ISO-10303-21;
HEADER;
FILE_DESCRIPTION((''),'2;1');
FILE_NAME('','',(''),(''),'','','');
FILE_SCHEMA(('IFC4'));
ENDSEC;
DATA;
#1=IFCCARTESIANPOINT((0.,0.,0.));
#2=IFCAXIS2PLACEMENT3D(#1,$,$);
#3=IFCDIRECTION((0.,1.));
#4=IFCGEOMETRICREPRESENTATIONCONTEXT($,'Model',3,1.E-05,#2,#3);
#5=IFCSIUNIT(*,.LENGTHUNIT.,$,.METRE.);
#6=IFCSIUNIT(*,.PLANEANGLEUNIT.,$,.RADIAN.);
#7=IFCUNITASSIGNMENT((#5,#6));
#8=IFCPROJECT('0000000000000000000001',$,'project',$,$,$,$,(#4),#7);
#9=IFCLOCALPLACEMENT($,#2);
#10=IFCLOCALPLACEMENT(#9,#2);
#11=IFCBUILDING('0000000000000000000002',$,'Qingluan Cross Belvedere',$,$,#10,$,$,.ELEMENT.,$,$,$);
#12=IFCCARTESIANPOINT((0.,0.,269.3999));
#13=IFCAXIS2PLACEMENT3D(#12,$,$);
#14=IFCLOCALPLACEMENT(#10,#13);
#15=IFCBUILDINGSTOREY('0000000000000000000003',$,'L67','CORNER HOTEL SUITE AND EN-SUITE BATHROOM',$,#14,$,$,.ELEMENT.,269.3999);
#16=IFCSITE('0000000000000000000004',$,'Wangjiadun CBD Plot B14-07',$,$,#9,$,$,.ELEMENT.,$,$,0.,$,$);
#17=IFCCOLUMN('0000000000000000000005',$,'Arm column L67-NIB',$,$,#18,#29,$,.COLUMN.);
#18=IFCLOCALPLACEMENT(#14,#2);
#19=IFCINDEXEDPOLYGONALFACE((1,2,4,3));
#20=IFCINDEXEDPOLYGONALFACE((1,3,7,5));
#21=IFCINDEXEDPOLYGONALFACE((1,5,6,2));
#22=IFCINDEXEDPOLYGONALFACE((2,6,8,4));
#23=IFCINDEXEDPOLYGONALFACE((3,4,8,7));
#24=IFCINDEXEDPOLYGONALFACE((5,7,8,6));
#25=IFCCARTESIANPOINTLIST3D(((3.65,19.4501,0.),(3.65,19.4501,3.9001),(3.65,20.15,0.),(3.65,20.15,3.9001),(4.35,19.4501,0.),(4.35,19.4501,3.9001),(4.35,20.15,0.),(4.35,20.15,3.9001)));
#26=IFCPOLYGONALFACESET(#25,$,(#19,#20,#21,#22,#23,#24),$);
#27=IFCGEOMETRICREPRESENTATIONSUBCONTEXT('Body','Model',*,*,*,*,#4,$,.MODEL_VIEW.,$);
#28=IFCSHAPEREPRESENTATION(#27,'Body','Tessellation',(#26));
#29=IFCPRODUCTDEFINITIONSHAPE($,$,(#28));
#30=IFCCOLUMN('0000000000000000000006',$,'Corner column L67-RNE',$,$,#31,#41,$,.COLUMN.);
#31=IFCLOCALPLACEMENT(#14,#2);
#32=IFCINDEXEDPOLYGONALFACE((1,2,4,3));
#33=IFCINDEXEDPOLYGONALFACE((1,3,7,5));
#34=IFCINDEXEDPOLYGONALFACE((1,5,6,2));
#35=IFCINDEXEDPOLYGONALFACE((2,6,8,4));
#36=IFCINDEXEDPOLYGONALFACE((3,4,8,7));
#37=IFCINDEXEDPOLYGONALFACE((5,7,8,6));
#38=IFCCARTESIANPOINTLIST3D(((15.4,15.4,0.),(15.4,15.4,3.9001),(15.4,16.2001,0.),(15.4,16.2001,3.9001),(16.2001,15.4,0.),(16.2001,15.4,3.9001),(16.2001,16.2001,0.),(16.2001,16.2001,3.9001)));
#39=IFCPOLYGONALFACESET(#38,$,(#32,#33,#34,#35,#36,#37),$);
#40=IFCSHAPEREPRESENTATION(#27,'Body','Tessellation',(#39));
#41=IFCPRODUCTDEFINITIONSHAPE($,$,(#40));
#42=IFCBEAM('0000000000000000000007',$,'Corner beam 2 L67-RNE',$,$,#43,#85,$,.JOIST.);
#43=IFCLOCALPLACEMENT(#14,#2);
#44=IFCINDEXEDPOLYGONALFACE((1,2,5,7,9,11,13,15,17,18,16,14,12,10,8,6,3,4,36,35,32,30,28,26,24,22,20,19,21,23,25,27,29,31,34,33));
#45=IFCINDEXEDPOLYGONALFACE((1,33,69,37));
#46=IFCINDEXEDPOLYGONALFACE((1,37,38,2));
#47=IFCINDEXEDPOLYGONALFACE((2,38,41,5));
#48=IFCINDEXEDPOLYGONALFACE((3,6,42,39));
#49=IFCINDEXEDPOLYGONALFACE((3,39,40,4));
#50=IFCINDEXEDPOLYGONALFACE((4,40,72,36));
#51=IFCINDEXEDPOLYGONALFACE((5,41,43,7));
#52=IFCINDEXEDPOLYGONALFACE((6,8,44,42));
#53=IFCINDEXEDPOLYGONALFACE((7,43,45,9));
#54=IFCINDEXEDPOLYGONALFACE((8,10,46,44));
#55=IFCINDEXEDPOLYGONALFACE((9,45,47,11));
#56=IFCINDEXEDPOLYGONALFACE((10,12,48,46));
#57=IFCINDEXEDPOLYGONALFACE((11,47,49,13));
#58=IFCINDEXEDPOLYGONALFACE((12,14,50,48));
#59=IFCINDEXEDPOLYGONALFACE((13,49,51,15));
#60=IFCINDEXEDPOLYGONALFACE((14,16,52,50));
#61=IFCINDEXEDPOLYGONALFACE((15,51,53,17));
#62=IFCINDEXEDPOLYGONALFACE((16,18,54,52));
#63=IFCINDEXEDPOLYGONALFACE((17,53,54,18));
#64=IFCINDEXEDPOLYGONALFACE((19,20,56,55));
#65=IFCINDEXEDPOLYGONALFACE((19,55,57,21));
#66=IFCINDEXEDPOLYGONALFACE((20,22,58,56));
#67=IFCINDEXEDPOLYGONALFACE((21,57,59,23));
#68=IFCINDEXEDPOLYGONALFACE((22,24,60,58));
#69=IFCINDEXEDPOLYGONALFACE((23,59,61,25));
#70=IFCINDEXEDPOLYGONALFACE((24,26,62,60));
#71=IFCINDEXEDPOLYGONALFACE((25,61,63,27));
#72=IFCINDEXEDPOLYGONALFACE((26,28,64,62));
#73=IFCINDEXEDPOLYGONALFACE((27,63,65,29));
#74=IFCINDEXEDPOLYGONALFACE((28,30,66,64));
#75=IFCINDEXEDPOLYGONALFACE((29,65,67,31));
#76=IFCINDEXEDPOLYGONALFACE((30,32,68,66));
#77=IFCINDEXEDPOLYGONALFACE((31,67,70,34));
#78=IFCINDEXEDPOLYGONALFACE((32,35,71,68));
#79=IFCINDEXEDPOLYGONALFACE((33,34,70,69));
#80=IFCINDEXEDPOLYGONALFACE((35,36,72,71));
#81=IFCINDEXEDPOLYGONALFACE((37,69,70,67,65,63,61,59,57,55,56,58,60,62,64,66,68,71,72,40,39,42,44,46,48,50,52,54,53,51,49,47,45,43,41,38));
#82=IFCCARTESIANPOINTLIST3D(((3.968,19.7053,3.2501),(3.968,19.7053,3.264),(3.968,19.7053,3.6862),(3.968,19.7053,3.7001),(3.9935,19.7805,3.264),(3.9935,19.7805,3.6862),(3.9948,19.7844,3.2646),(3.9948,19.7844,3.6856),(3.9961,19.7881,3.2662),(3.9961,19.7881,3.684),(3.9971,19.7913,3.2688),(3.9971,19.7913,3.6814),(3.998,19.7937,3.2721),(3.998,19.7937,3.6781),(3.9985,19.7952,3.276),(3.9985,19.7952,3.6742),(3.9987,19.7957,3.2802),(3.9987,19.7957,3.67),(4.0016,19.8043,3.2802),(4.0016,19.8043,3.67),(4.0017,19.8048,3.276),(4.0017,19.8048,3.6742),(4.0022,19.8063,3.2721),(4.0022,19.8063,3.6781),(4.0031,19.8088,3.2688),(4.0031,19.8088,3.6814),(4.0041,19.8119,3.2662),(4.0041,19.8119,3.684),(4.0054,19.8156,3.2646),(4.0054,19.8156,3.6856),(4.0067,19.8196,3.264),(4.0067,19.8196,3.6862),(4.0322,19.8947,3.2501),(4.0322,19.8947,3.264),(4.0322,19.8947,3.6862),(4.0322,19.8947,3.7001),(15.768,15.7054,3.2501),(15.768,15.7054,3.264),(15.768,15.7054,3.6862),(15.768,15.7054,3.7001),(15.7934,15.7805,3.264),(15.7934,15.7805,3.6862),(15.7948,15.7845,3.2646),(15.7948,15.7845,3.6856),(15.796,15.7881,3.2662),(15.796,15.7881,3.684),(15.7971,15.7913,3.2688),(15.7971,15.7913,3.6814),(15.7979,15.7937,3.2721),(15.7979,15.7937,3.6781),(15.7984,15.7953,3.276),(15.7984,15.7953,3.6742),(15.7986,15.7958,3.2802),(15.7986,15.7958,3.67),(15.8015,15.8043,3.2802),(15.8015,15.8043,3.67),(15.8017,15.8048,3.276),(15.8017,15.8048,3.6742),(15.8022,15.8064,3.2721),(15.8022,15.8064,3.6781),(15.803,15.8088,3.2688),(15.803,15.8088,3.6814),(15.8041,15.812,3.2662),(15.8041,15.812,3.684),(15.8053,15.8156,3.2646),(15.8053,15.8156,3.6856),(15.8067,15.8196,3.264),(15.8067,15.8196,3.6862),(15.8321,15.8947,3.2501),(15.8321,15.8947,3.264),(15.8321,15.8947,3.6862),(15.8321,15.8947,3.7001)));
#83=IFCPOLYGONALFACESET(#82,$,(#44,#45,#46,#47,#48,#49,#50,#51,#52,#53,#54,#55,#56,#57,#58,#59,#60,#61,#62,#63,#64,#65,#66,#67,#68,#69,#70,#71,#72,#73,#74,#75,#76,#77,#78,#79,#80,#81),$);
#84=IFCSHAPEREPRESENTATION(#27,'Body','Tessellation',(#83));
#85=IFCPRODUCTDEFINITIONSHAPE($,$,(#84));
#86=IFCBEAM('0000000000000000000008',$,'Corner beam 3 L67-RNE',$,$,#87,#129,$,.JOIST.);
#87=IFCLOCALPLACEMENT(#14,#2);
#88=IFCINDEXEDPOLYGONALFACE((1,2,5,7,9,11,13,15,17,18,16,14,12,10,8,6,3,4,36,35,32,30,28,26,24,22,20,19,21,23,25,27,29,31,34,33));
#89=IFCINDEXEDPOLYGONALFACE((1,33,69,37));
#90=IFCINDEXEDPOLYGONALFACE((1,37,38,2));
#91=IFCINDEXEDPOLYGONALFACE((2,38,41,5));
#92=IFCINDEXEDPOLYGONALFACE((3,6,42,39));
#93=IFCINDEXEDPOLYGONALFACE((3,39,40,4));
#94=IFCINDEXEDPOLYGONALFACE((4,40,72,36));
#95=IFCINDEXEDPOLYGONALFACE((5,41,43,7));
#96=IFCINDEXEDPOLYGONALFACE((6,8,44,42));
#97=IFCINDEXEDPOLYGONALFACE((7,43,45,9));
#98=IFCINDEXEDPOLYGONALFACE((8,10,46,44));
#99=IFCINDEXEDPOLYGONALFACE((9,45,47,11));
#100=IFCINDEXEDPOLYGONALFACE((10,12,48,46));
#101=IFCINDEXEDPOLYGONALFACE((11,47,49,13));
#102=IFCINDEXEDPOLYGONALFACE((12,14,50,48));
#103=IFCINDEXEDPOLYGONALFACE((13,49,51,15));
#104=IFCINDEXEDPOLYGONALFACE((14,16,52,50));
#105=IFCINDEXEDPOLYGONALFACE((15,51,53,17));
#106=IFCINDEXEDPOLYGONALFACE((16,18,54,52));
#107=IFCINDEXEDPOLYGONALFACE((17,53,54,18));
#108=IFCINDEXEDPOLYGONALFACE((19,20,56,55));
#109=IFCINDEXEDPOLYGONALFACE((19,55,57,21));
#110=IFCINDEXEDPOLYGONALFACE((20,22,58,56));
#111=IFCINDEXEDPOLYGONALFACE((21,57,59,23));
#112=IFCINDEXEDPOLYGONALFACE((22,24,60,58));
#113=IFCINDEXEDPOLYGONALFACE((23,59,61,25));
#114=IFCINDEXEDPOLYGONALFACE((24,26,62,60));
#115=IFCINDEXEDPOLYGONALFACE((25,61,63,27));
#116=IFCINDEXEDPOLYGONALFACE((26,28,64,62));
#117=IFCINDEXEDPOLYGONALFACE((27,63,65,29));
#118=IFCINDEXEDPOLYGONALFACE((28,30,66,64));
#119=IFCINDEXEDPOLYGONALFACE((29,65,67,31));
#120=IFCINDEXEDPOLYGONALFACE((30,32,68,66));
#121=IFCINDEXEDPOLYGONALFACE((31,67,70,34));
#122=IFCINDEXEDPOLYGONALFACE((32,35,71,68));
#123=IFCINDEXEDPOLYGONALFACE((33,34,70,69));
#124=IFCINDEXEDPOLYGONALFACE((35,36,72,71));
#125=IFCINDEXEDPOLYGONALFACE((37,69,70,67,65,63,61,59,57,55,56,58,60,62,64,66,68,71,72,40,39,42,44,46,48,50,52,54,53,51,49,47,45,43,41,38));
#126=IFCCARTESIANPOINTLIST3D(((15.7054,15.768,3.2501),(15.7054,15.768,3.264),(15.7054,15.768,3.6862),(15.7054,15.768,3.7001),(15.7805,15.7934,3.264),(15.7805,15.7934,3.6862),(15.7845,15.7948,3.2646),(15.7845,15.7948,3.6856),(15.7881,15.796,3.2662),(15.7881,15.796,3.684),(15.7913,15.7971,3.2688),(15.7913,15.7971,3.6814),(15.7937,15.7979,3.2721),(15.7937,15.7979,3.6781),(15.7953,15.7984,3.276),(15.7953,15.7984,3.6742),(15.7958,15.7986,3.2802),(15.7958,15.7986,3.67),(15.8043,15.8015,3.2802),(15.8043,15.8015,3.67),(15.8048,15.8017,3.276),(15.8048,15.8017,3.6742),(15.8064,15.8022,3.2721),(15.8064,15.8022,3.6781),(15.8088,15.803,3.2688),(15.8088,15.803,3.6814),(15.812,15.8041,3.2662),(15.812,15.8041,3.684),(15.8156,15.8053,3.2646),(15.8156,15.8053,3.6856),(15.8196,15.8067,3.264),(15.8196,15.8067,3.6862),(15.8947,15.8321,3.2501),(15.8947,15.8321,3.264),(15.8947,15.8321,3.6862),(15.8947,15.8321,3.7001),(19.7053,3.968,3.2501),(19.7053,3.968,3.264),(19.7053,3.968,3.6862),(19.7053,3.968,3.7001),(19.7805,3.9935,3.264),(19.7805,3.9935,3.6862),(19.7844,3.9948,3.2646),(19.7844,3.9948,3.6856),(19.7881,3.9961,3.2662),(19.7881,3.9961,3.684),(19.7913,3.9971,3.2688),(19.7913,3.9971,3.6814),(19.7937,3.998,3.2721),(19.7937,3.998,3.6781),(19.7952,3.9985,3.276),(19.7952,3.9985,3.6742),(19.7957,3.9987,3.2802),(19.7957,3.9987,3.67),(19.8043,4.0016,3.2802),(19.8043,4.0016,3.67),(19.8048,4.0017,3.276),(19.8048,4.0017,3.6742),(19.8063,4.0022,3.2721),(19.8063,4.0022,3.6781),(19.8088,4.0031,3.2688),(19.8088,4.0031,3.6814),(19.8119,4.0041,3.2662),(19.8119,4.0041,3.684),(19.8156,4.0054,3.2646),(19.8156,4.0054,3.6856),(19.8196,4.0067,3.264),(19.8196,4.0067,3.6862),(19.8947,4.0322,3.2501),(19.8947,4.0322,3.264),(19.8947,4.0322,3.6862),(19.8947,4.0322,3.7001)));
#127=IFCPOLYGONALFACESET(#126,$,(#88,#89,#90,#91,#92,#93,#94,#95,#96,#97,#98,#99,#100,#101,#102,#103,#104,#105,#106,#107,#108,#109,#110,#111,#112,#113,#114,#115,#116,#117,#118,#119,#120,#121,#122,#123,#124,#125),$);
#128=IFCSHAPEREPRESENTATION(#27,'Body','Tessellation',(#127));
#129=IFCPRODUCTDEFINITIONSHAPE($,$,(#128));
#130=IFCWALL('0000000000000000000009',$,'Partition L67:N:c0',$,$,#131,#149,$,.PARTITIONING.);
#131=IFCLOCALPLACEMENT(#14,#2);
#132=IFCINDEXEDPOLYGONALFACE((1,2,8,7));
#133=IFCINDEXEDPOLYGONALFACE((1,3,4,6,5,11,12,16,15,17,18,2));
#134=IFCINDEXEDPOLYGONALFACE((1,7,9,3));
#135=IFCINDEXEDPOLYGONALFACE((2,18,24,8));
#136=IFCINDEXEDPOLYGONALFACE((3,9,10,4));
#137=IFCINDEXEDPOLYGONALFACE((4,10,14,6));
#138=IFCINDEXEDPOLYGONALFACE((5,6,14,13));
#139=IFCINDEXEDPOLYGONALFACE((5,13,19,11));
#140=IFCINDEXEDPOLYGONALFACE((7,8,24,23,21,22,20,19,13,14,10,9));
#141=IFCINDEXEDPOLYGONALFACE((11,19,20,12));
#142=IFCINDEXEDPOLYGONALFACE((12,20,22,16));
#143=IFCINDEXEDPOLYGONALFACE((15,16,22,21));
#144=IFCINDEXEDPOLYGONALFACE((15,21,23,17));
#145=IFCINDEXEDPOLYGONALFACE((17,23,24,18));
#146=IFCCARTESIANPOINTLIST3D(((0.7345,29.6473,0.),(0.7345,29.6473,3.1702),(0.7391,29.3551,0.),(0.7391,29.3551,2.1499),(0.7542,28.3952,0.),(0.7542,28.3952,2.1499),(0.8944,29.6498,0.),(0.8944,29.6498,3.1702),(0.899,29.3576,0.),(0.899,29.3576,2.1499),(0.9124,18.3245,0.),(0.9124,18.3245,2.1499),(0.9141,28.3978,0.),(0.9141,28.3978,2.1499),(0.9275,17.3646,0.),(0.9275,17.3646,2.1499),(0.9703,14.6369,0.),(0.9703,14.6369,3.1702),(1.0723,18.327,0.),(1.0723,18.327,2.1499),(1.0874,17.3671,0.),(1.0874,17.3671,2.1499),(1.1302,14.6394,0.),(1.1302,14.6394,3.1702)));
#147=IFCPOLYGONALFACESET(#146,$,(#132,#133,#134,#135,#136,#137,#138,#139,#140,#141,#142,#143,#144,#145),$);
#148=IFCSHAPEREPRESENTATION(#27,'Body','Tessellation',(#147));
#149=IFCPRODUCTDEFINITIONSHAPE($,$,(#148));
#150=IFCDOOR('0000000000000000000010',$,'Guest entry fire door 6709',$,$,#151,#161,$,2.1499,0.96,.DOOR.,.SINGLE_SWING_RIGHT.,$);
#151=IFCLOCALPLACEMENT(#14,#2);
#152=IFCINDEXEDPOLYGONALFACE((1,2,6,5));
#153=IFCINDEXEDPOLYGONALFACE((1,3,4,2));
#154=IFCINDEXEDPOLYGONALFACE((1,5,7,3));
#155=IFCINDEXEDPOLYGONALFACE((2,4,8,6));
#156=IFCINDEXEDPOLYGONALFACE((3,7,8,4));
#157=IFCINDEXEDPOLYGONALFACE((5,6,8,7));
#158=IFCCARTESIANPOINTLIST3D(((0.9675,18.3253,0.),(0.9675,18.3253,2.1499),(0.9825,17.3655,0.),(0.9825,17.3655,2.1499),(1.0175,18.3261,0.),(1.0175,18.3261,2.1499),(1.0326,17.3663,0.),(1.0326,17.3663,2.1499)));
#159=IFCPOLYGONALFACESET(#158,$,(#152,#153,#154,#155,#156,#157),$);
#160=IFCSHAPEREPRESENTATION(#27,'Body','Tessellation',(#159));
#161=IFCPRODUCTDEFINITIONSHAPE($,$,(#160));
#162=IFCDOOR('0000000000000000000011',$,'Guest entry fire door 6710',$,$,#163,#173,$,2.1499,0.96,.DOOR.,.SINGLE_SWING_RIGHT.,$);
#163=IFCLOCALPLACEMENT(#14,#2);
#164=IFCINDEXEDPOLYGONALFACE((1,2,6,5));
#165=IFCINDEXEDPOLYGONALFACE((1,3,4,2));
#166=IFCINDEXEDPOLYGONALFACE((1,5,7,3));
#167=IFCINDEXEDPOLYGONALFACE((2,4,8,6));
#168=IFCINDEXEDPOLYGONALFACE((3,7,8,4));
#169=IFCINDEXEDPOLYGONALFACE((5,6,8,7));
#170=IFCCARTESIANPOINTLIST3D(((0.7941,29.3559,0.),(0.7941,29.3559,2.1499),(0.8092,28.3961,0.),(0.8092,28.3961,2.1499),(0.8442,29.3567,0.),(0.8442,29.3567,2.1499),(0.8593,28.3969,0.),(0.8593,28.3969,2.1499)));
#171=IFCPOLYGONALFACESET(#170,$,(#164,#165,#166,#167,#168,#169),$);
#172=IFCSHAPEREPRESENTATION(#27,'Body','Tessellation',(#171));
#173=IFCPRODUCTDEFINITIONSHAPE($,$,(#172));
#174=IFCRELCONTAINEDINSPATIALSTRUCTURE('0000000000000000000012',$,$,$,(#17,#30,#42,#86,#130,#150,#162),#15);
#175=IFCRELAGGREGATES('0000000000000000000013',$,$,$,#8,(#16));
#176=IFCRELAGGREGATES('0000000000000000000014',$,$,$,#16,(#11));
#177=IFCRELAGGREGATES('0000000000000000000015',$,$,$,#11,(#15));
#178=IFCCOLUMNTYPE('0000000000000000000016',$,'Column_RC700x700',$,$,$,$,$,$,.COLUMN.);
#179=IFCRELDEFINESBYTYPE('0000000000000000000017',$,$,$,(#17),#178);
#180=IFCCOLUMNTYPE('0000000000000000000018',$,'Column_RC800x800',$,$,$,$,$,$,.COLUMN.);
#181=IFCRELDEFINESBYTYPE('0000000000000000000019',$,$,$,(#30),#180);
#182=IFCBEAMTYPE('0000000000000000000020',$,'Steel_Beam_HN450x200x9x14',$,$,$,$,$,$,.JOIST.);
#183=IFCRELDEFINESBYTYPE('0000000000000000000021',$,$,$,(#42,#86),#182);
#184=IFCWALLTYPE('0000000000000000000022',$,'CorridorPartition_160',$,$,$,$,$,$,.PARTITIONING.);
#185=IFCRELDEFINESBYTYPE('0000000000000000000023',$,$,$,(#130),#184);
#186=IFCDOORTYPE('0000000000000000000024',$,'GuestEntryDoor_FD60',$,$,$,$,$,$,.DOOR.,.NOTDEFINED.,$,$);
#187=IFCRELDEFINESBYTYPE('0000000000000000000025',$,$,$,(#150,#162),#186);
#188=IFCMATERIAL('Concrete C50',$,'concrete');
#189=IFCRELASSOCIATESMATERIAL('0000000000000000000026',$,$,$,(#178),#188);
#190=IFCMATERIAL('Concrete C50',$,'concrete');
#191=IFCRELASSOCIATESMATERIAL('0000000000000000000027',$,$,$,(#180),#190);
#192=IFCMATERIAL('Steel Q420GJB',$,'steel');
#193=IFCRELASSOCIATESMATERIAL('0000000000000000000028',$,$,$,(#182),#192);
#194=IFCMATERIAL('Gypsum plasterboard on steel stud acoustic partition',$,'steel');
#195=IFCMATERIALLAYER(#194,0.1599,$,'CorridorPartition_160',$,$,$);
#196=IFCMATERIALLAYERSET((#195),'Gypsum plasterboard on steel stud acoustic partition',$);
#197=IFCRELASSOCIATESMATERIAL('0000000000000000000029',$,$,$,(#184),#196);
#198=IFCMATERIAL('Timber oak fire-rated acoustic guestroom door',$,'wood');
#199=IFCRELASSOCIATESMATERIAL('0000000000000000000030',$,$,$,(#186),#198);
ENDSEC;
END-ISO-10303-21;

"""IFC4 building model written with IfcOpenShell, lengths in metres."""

from ifc_helpers import new_model, si_unit, direction, frame, frame_2d, origin, origin_2d, place, context, subcontext, project, spatial, rectangle, i_section, extrude, material, layer, layer_set, material_profile, profile_set, type_object, element, fill, save


model = new_model("IFC4")

# Units and contexts
model_context = context("Model", 3, precision=1e-05, world=origin(), true_north=direction((0.0, 1.0)))
body_context = subcontext(model_context, "Body", "Model", "MODEL_VIEW")
ifc_project = project(units=[si_unit("LENGTHUNIT", "METRE"), si_unit("PLANEANGLEUNIT", "RADIAN")], contexts=[model_context])

# Site, building, storey
site_placement = place(None, origin())
site = spatial("IfcSite", under=ifc_project, at=site_placement, Name="Wangjiadun CBD Plot B14-07", CompositionType="ELEMENT", RefElevation=0.0)
building_placement = place(site_placement, origin())
building = spatial("IfcBuilding", under=site, at=building_placement, Name="Qingluan Cross Belvedere", CompositionType="ELEMENT")
storey_placement = place(building_placement, frame((0.0, 0.0, 269.3999)))
storey = spatial("IfcBuildingStorey", under=building, at=storey_placement, Name="L67", Description="CORNER HOTEL SUITE AND EN-SUITE BATHROOM", CompositionType="ELEMENT", Elevation=269.3999)

# Columns
ifc_material_1 = material(Name="Concrete C50", Category="concrete")
ifc_material_profile_1 = material_profile(ifc_material_1, rectangle(XDim=0.7, YDim=0.7, at=origin_2d()), Name="RC700x700")
ifc_profile_set_1 = profile_set([ifc_material_profile_1], Name="Concrete C50")
column_type_1 = type_object("IfcColumnType", Name="Column_RC700x700", PredefinedType="COLUMN", material=ifc_profile_set_1)
column_1_placement = place(storey_placement, frame((4.0, 19.8, 0.0), z_axis=(0.0, 0.0, 1.0), x_axis=(1.0, 0.0, 0.0)))
element("IfcColumn", 1, at=column_1_placement, inside=storey, type_object=column_type_1, Name="Arm column L67-NIB", PredefinedType="COLUMN", context=body_context, shape_type="SweptSolid", body=[
    extrude(rectangle(XDim=0.7, YDim=0.7, at=origin_2d()), origin(), (0.0, 0.0, 1.0), 3.9001),
])
ifc_material_2 = material(Name="Concrete C50", Category="concrete")
ifc_material_profile_2 = material_profile(ifc_material_2, rectangle(XDim=0.8, YDim=0.8, at=origin_2d()), Name="RC800x800")
ifc_profile_set_2 = profile_set([ifc_material_profile_2], Name="Concrete C50")
column_type_2 = type_object("IfcColumnType", Name="Column_RC800x800", PredefinedType="COLUMN", material=ifc_profile_set_2)
column_2_placement = place(storey_placement, frame((15.8, 15.8, 0.0), z_axis=(0.0, 0.0, 1.0), x_axis=(1.0, 0.0, 0.0)))
element("IfcColumn", 2, at=column_2_placement, inside=storey, type_object=column_type_2, Name="Corner column L67-RNE", PredefinedType="COLUMN", context=body_context, shape_type="SweptSolid", body=[
    extrude(rectangle(XDim=0.8, YDim=0.8, at=origin_2d()), origin(), (0.0, 0.0, 1.0), 3.9001),
])

# Beams
ifc_material_3 = material(Name="Steel Q420GJB", Category="steel")
ifc_material_profile_3 = material_profile(ifc_material_3, i_section(OverallWidth=0.2, OverallDepth=0.45, WebThickness=0.009, FlangeThickness=0.0139, FilletRadius=0.0161, at=origin_2d()), Name="HN450x200x9x14")
ifc_profile_set_3 = profile_set([ifc_material_profile_3], Name="Steel Q420GJB")
beam_type = type_object("IfcBeamType", Name="Steel_Beam_HN450x200x9x14", PredefinedType="JOIST", material=ifc_profile_set_3)
for number, where, z_axis, x_axis, name in (
    (3, (15.8, 15.8, 3.4751), (-0.947066, 0.321038, 0.0), (-0.321038, -0.947066, 0.0), "Corner beam 2 L67-RNE"),
    (4, (15.8, 15.8, 3.4751), (0.321038, -0.947066, 0.0), (0.947066, 0.321038, 0.0), "Corner beam 3 L67-RNE"),
):
    element("IfcBeam", number, at=place(storey_placement, frame(where, z_axis=z_axis, x_axis=x_axis)), inside=storey, type_object=beam_type, Name=name, PredefinedType="JOIST", context=body_context, shape_type="SweptSolid", body=[
        extrude(i_section(OverallWidth=0.2, OverallDepth=0.45, WebThickness=0.009, FlangeThickness=0.0139, FilletRadius=0.0161, at=origin_2d()), origin(), (0.0, 0.0, 1.0), 12.4595),
    ])

# Wall, openings, doors
ifc_material_4 = material(Name="Gypsum plasterboard on steel stud acoustic partition", Category="steel")
ifc_layer_1 = layer(ifc_material_4, 0.1599, Name="CorridorPartition_160")
ifc_layer_set_1 = layer_set([ifc_layer_1], Name="Gypsum plasterboard on steel stud acoustic partition")
wall_type_1 = type_object("IfcWallType", Name="CorridorPartition_160", PredefinedType="PARTITIONING", material=ifc_layer_set_1)
wall_1_placement = place(storey_placement, frame((1.0503, 14.6382, 0.0), z_axis=(0.0, 0.0, 1.0), x_axis=(-0.01571, 0.999877, 0.0)))
wall_1 = element("IfcWall", 5, at=wall_1_placement, inside=storey, type_object=wall_type_1, Name="Partition L67:N:c0", PredefinedType="PARTITIONING", context=body_context, shape_type="SweptSolid", body=[
    extrude(rectangle(XDim=15.0122, YDim=0.1599, at=frame_2d((7.5061, 0.0))), origin(), (0.0, 0.0, 1.0), 3.1702),
])
opening_1_placement = place(wall_1_placement, frame((2.728, 0.0, 0.0)))
opening_1 = element("IfcOpeningElement", 6, at=opening_1_placement, cuts=wall_1, PredefinedType="OPENING", context=body_context, shape_type="SweptSolid", body=[
    extrude(rectangle(XDim=0.96, YDim=2.1499, at=frame_2d((0.48, 1.075))), frame((0.0, 0.0898, 0.0), z_axis=(0.0, -1.0, 0.0), x_axis=(1.0, 0.0, 0.0)), (0.0, 0.0, 1.0), 0.1799),
])
opening_2_placement = place(wall_1_placement, frame((13.76, 0.0, 0.0)))
opening_2 = element("IfcOpeningElement", 7, at=opening_2_placement, cuts=wall_1, PredefinedType="OPENING", context=body_context, shape_type="SweptSolid", body=[
    extrude(rectangle(XDim=0.96, YDim=2.1499, at=frame_2d((0.48, 1.075))), frame((0.0, 0.0898, 0.0), z_axis=(0.0, -1.0, 0.0), x_axis=(1.0, 0.0, 0.0)), (0.0, 0.0, 1.0), 0.1799),
])
ifc_material_5 = material(Name="Timber oak fire-rated acoustic guestroom door", Category="wood")
door_type_1 = type_object("IfcDoorType", Name="GuestEntryDoor_FD60", OperationType="NOTDEFINED", PredefinedType="DOOR", material=ifc_material_5)
door_1_placement = place(opening_1_placement, origin())
door_1 = element("IfcDoor", 8, at=door_1_placement, inside=storey, type_object=door_type_1, Name="Guest entry fire door 6709", OperationType="SINGLE_SWING_RIGHT", OverallHeight=2.1499, OverallWidth=0.96, PredefinedType="DOOR", context=body_context, shape_type="SweptSolid", body=[
    extrude(rectangle(XDim=0.96, YDim=2.1499, at=frame_2d((0.48, 1.075))), frame((0.0, 0.0249, 0.0), z_axis=(0.0, -1.0, 0.0), x_axis=(1.0, 0.0, 0.0)), (0.0, 0.0, 1.0), 0.05),
])
fill(opening_1, door_1)
door_2_placement = place(opening_2_placement, origin())
door_2 = element("IfcDoor", 9, at=door_2_placement, inside=storey, type_object=door_type_1, Name="Guest entry fire door 6710", OperationType="SINGLE_SWING_RIGHT", OverallHeight=2.1499, OverallWidth=0.96, PredefinedType="DOOR", context=body_context, shape_type="SweptSolid", body=[
    extrude(rectangle(XDim=0.96, YDim=2.1499, at=frame_2d((0.48, 1.075))), frame((0.0, 0.0249, 0.0), z_axis=(0.0, -1.0, 0.0), x_axis=(1.0, 0.0, 0.0)), (0.0, 0.0, 1.0), 0.05),
])
fill(opening_2, door_2)

save(model, "model.ifc")
